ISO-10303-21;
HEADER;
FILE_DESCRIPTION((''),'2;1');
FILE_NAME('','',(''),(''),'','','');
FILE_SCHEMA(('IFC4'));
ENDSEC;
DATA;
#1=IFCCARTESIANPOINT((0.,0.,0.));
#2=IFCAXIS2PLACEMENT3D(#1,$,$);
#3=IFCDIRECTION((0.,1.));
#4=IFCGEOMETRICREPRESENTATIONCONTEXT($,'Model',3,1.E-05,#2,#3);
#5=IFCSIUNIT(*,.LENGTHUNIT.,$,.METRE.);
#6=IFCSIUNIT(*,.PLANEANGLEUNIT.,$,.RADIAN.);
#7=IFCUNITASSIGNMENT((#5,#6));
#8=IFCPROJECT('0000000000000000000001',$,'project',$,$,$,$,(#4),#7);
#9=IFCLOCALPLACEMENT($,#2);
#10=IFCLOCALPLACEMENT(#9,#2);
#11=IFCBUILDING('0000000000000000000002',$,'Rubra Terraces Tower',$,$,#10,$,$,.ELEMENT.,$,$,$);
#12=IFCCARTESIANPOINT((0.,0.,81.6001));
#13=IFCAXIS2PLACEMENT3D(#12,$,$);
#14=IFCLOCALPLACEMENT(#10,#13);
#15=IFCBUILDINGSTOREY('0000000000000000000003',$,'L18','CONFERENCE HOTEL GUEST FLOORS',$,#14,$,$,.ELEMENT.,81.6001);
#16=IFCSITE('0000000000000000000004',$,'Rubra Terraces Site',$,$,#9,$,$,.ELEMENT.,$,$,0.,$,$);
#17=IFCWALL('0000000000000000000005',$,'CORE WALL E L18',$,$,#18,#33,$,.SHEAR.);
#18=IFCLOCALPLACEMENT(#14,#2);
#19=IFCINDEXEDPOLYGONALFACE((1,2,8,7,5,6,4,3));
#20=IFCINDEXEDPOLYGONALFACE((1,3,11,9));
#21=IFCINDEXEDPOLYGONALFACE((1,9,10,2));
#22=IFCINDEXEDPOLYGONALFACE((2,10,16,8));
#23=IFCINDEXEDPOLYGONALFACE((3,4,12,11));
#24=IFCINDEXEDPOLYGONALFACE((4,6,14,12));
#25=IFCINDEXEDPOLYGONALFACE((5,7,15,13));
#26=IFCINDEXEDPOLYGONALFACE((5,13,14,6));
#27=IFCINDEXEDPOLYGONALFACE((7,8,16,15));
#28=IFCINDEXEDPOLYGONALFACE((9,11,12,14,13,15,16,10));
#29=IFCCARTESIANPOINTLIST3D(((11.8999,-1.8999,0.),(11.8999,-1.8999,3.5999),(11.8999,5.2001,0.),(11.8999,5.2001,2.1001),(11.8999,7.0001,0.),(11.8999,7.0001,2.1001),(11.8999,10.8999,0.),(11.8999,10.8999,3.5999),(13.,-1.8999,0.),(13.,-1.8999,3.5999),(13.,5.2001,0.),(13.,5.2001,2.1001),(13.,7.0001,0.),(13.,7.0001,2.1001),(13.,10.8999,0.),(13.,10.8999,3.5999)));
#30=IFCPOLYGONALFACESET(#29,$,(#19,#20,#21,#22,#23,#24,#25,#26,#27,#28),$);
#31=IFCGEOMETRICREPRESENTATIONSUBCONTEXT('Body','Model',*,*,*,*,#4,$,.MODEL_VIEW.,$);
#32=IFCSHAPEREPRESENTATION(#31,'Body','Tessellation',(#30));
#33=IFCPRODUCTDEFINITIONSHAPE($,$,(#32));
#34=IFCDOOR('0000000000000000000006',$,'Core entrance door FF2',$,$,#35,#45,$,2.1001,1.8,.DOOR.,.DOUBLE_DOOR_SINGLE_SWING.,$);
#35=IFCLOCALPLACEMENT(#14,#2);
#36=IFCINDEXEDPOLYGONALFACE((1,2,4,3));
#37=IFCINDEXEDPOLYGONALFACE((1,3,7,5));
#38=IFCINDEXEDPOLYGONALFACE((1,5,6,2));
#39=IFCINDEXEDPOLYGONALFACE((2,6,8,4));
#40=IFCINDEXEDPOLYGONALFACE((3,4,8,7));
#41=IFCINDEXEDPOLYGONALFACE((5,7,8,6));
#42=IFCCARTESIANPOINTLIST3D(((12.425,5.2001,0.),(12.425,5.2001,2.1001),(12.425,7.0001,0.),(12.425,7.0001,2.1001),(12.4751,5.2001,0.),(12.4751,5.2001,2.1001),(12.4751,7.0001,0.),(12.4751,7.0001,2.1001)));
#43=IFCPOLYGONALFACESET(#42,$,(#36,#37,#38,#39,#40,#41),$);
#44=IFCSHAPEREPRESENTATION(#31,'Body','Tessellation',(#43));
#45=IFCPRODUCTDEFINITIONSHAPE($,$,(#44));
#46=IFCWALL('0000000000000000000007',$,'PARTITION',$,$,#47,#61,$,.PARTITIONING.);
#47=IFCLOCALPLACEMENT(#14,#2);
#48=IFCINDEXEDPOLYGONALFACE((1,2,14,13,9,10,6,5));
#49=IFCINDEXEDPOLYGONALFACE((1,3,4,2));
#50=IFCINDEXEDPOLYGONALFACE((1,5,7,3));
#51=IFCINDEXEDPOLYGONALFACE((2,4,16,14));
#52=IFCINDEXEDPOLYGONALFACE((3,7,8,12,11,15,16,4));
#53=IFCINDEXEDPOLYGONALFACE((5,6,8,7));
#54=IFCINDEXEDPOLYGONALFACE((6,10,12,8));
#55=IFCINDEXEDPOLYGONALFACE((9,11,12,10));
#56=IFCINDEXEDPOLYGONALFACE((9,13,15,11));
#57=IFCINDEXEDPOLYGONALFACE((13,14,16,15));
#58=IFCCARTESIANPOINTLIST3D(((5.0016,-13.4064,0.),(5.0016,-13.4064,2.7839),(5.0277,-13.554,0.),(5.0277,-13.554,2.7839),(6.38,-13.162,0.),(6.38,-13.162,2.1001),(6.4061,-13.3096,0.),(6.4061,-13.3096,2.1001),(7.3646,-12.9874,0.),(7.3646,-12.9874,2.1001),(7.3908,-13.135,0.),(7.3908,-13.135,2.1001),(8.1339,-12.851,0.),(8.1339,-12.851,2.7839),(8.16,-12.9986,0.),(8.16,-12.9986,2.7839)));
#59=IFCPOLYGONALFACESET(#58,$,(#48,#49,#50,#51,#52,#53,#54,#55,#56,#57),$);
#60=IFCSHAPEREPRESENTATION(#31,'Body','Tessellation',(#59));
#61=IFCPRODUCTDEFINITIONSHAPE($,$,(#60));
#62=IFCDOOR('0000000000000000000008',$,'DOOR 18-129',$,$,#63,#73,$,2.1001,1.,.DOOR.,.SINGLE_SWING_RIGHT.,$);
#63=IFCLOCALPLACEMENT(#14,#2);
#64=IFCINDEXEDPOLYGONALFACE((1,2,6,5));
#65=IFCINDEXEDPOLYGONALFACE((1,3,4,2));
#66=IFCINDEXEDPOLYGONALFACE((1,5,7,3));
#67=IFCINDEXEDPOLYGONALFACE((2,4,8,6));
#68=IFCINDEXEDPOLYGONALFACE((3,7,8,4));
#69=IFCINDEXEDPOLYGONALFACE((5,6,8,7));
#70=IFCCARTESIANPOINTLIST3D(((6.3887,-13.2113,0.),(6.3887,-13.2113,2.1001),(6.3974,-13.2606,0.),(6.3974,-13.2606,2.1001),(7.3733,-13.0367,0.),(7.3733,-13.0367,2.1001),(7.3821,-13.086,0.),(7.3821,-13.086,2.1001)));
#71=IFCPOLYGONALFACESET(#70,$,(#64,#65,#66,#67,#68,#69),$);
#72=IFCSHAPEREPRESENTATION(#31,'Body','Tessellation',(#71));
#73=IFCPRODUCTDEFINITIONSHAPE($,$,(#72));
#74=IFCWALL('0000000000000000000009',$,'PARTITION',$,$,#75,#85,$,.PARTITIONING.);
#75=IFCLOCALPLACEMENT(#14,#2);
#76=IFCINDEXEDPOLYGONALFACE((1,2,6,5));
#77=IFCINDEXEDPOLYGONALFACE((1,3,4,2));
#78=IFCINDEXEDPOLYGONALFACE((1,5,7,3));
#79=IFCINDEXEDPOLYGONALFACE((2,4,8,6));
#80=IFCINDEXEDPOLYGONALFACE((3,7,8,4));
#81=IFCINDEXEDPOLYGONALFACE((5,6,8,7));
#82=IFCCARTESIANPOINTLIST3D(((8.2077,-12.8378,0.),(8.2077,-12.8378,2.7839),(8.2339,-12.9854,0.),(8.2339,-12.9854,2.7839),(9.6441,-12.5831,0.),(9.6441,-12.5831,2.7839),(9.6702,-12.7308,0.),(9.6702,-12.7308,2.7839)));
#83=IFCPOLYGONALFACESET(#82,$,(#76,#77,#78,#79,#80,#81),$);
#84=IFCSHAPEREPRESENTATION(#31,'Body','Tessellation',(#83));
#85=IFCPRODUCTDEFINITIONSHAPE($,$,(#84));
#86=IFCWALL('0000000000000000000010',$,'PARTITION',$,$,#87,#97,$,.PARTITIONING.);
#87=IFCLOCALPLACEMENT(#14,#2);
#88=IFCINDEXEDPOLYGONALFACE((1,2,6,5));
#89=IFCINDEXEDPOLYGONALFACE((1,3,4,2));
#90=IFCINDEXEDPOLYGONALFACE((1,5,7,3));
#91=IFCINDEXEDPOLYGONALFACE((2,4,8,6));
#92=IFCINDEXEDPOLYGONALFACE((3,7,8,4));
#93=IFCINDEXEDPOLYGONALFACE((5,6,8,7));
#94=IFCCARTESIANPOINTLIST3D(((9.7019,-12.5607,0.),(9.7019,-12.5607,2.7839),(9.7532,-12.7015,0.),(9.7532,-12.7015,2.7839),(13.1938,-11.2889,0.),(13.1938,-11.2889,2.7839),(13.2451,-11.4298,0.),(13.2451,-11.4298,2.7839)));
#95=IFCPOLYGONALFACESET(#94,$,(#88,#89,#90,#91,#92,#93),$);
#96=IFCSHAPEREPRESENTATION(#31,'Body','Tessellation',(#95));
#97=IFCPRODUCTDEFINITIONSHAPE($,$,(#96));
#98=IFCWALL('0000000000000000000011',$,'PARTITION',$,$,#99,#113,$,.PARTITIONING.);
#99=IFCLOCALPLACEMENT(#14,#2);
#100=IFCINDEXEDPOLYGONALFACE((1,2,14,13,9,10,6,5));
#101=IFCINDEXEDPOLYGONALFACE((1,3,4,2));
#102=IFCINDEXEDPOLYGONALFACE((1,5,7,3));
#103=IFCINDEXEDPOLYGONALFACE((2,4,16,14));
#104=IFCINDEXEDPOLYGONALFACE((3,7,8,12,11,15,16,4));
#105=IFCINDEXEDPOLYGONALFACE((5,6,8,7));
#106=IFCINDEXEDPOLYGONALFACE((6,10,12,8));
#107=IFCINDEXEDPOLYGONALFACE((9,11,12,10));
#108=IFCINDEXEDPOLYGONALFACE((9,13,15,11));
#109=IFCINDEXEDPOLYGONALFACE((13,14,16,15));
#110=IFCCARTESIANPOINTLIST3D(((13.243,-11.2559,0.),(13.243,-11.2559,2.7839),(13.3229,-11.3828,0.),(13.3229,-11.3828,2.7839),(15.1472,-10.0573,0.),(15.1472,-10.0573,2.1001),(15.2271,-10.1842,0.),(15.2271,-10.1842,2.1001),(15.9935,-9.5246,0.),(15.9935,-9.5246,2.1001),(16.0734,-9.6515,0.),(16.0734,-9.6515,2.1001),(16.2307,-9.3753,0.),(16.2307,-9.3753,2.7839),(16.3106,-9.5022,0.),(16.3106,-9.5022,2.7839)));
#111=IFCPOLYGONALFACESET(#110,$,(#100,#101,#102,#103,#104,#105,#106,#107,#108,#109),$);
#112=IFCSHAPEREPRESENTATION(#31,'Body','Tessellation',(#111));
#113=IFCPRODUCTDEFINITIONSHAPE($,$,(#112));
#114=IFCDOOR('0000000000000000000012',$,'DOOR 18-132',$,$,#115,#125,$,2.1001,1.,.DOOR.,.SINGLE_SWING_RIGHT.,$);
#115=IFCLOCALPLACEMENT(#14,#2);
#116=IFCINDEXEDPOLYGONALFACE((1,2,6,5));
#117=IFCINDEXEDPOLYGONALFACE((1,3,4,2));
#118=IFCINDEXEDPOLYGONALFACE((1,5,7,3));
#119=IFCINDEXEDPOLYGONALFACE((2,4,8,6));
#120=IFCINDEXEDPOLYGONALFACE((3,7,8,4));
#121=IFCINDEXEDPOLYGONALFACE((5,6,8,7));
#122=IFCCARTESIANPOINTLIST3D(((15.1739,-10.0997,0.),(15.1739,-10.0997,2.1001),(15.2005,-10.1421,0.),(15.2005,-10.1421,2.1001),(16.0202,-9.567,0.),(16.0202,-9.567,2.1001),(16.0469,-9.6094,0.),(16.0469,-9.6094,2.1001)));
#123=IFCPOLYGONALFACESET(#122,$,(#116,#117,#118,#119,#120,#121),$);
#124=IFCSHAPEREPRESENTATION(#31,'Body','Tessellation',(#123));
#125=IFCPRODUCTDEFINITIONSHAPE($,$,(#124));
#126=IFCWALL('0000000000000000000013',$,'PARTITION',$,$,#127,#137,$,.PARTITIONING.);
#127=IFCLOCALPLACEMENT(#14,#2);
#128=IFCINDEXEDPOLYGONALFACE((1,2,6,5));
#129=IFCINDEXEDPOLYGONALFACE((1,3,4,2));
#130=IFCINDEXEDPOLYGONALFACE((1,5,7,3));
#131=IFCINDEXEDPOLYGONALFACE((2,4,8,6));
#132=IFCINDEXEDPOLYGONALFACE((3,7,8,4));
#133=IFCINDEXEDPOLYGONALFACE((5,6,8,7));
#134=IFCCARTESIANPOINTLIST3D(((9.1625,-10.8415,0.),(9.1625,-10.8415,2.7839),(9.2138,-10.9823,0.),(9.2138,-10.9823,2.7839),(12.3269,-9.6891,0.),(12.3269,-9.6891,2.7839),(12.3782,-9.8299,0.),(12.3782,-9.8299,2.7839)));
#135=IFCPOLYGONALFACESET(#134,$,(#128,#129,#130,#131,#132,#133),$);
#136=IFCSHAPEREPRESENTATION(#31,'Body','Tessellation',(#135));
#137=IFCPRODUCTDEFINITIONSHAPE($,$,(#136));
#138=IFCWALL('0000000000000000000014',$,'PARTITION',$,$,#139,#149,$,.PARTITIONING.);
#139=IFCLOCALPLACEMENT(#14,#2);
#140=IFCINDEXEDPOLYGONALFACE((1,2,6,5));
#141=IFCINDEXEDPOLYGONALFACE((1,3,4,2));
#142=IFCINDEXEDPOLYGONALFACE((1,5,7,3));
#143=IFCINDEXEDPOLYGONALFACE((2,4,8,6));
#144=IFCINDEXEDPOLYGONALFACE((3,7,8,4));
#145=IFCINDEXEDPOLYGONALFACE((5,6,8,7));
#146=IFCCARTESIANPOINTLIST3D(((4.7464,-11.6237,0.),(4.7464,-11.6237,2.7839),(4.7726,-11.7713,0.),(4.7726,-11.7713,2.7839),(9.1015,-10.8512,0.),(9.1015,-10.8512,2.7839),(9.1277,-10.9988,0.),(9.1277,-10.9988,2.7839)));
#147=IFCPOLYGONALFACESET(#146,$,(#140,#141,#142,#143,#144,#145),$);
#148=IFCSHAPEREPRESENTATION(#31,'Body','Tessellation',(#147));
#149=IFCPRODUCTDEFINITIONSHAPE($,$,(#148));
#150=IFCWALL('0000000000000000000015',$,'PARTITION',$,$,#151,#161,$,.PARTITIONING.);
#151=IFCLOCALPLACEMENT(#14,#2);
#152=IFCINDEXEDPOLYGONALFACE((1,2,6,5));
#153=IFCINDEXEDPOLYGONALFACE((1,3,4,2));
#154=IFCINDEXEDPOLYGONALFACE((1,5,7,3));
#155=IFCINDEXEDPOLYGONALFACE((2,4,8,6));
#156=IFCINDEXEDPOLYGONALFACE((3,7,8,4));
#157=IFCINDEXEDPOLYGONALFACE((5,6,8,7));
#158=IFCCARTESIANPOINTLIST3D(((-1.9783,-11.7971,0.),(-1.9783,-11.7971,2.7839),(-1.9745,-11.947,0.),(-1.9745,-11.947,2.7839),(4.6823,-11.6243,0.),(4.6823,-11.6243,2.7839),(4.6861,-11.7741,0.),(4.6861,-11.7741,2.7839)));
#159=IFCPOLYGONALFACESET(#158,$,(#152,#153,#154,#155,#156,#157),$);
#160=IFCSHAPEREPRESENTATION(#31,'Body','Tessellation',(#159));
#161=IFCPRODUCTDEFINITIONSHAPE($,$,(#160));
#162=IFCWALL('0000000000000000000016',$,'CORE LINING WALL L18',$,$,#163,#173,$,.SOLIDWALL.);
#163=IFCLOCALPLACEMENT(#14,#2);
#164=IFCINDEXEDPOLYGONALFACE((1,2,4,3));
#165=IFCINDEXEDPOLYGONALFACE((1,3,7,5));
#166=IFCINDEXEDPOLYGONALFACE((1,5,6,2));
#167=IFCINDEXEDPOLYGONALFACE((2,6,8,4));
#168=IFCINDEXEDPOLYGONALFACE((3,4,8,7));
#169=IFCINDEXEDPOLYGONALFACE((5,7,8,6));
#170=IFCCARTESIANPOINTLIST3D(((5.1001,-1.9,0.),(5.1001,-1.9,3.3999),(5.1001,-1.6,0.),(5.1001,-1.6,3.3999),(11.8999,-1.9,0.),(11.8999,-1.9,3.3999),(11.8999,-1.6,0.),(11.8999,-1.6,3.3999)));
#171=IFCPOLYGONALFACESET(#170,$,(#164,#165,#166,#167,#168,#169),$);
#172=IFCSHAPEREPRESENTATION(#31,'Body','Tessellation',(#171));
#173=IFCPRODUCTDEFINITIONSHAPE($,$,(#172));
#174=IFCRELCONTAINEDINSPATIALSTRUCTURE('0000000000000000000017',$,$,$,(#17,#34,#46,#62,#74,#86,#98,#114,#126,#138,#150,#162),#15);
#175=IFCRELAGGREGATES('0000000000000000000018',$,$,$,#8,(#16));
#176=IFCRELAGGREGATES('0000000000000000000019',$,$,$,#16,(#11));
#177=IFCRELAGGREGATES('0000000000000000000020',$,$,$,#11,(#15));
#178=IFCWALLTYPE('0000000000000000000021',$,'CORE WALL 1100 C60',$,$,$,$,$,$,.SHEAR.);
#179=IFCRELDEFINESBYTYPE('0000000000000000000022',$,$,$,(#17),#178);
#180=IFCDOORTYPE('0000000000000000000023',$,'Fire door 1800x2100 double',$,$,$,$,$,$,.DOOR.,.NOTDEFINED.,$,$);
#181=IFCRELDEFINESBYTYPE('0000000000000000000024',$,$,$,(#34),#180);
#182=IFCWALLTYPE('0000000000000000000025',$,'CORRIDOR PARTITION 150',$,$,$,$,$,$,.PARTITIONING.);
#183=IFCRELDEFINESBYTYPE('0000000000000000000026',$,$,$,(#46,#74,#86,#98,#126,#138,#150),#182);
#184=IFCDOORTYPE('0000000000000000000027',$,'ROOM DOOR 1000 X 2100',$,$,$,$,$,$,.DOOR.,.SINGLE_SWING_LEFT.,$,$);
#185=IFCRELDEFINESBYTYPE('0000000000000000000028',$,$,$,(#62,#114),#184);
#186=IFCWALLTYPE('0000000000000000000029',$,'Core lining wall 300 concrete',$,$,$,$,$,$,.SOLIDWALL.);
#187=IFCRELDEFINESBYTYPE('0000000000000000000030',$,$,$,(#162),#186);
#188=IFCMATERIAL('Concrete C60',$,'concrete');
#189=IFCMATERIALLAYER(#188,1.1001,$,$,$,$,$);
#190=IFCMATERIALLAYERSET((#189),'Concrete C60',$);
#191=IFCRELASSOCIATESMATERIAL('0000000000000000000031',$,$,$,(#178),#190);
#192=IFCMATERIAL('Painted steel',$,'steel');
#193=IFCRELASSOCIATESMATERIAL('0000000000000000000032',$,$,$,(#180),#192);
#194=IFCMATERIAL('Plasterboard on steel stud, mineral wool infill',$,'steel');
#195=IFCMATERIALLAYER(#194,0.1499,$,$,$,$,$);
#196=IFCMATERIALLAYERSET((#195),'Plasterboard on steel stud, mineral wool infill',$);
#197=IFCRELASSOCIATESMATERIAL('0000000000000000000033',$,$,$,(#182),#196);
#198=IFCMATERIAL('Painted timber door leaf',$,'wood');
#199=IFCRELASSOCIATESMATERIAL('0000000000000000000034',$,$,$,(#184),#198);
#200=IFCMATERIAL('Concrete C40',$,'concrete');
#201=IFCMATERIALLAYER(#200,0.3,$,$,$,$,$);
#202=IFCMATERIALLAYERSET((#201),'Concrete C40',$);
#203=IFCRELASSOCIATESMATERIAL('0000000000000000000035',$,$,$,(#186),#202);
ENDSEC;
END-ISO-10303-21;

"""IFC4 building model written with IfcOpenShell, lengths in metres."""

from ifc_helpers import new_model, si_unit, direction, frame, frame_2d, origin, place, context, subcontext, project, spatial, rectangle, extrude, material, layer, layer_set, type_object, element, fill, save


model = new_model("IFC4")

# Units and contexts
model_context = context("Model", 3, precision=1e-05, world=origin(), true_north=direction((0.0, 1.0)))
body_context = subcontext(model_context, "Body", "Model", "MODEL_VIEW")
ifc_project = project(units=[si_unit("LENGTHUNIT", "METRE"), si_unit("PLANEANGLEUNIT", "RADIAN")], contexts=[model_context])

# Site, building, storey
site_placement = place(None, origin())
site = spatial("IfcSite", under=ifc_project, at=site_placement, Name="Rubra Terraces Site", CompositionType="ELEMENT", RefElevation=0.0)
building_placement = place(site_placement, origin())
building = spatial("IfcBuilding", under=site, at=building_placement, Name="Rubra Terraces Tower", CompositionType="ELEMENT")
storey_placement = place(building_placement, frame((0.0, 0.0, 81.6001)))
storey = spatial("IfcBuildingStorey", under=building, at=storey_placement, Name="L18", Description="CONFERENCE HOTEL GUEST FLOORS", CompositionType="ELEMENT", Elevation=81.6001)

# Shared definitions
ifc_material_1 = material(Name="Concrete C40", Category="concrete")

# Walls, openings, doors
ifc_material_2 = material(Name="Concrete C60", Category="concrete")
ifc_layer_1 = layer(ifc_material_2, 1.1001)
ifc_layer_set_1 = layer_set([ifc_layer_1], Name="Concrete C60")
wall_type_1 = type_object("IfcWallType", Name="CORE WALL 1100 C60", PredefinedType="SHEAR", material=ifc_layer_set_1)
wall_1_placement = place(storey_placement, frame((12.45, -1.8999, 0.0), z_axis=(0.0, 0.0, 1.0), x_axis=(0.0, 1.0, 0.0)))
wall_1 = element("IfcWall", 1, at=wall_1_placement, inside=storey, type_object=wall_type_1, Name="CORE WALL E L18", PredefinedType="SHEAR", context=body_context, shape_type="SweptSolid", body=[
    extrude(rectangle(XDim=12.7998, YDim=1.1001, at=frame_2d((6.3999, 0.0))), origin(), (0.0, 0.0, 1.0), 3.5999),
])
opening_1_placement = place(wall_1_placement, frame((7.1001, 0.0, 0.0)))
opening_1 = element("IfcOpeningElement", 2, at=opening_1_placement, cuts=wall_1, PredefinedType="OPENING", context=body_context, shape_type="SweptSolid", body=[
    extrude(rectangle(XDim=1.8, YDim=2.1001, at=frame_2d((0.8999, 1.05))), frame((0.0, 0.5601, 0.0), z_axis=(0.0, -1.0, 0.0), x_axis=(1.0, 0.0, 0.0)), (0.0, 0.0, 1.0), 1.1201),
])
ifc_material_3 = material(Name="Painted steel", Category="steel")
door_type_1 = type_object("IfcDoorType", Name="Fire door 1800x2100 double", OperationType="NOTDEFINED", PredefinedType="DOOR", material=ifc_material_3)
door_1_placement = place(opening_1_placement, origin())
door_1 = element("IfcDoor", 3, at=door_1_placement, inside=storey, type_object=door_type_1, Name="Core entrance door FF2", OperationType="DOUBLE_DOOR_SINGLE_SWING", OverallHeight=2.1001, OverallWidth=1.8, PredefinedType="DOOR", context=body_context, shape_type="SweptSolid", body=[
    extrude(rectangle(XDim=1.8, YDim=2.1001, at=frame_2d((0.8999, 1.05))), frame((0.0, 0.0249, 0.0), z_axis=(0.0, -1.0, 0.0), x_axis=(1.0, 0.0, 0.0)), (0.0, 0.0, 1.0), 0.05),
])
fill(opening_1, door_1)
ifc_material_4 = material(Name="Plasterboard on steel stud, mineral wool infill", Category="steel")
ifc_layer_2 = layer(ifc_material_4, 0.1499)
ifc_layer_set_2 = layer_set([ifc_layer_2], Name="Plasterboard on steel stud, mineral wool infill")
wall_type_2 = type_object("IfcWallType", Name="CORRIDOR PARTITION 150", PredefinedType="PARTITIONING", material=ifc_layer_set_2)
wall_2_placement = place(storey_placement, frame((5.0146, -13.4802, 0.0), z_axis=(0.0, 0.0, 1.0), x_axis=(0.98464, 0.174595, 0.0)))
wall_2 = element("IfcWall", 4, at=wall_2_placement, inside=storey, type_object=wall_type_2, Name="PARTITION", PredefinedType="PARTITIONING", context=body_context, shape_type="SweptSolid", body=[
    extrude(rectangle(XDim=3.1812, YDim=0.1499, at=frame_2d((1.5906, 0.0))), origin(), (0.0, 0.0, 1.0), 2.7839),
])
opening_2_placement = place(wall_2_placement, frame((1.3999, 0.0, 0.0)))
opening_2 = element("IfcOpeningElement", 5, at=opening_2_placement, cuts=wall_2, PredefinedType="OPENING", context=body_context, shape_type="SweptSolid", body=[
    extrude(rectangle(XDim=1.0, YDim=2.1001, at=frame_2d((0.5, 1.05))), frame((0.0, 0.085, 0.0), z_axis=(0.0, -1.0, 0.0), x_axis=(1.0, 0.0, 0.0)), (0.0, 0.0, 1.0), 0.1699),
])
ifc_material_5 = material(Name="Painted timber door leaf", Category="wood")
door_type_2 = type_object("IfcDoorType", Name="ROOM DOOR 1000 X 2100", OperationType="SINGLE_SWING_LEFT", PredefinedType="DOOR", material=ifc_material_5)
door_2_placement = place(opening_2_placement, origin())
door_2 = element("IfcDoor", 6, at=door_2_placement, inside=storey, type_object=door_type_2, Name="DOOR 18-129", OperationType="SINGLE_SWING_RIGHT", OverallHeight=2.1001, OverallWidth=1.0, PredefinedType="DOOR", context=body_context, shape_type="SweptSolid", body=[
    extrude(rectangle(XDim=1.0, YDim=2.1001, at=frame_2d((0.5, 1.05))), frame((0.0, 0.0249, 0.0), z_axis=(0.0, -1.0, 0.0), x_axis=(1.0, 0.0, 0.0)), (0.0, 0.0, 1.0), 0.05),
])
fill(opening_2, door_2)

# Walls
wall_3_placement = place(storey_placement, frame((8.2207, -12.9116, 0.0), z_axis=(0.0, 0.0, 1.0), x_axis=(0.984645, 0.174568, 0.0)))
element("IfcWall", 7, at=wall_3_placement, inside=storey, type_object=wall_type_2, Name="PARTITION", PredefinedType="PARTITIONING", context=body_context, shape_type="SweptSolid", body=[
    extrude(rectangle(XDim=1.4587, YDim=0.1499, at=frame_2d((0.7295, 0.0))), origin(), (0.0, 0.0, 1.0), 2.7839),
])
wall_4_placement = place(storey_placement, frame((9.7275, -12.6311, 0.0), z_axis=(0.0, 0.0, 1.0), x_axis=(0.939626, 0.342202, 0.0)))
element("IfcWall", 8, at=wall_4_placement, inside=storey, type_object=wall_type_2, Name="PARTITION", PredefinedType="PARTITIONING", context=body_context, shape_type="SweptSolid", body=[
    extrude(rectangle(XDim=3.7163, YDim=0.1499, at=frame_2d((1.8582, 0.0))), origin(), (0.0, 0.0, 1.0), 2.7839),
])

# Wall, opening, door
wall_5_placement = place(storey_placement, frame((13.283, -11.3193, 0.0), z_axis=(0.0, 0.0, 1.0), x_axis=(0.846308, 0.532694, 0.0)))
wall_5 = element("IfcWall", 9, at=wall_5_placement, inside=storey, type_object=wall_type_2, Name="PARTITION", PredefinedType="PARTITIONING", context=body_context, shape_type="SweptSolid", body=[
    extrude(rectangle(XDim=3.5303, YDim=0.1499, at=frame_2d((1.7651, 0.0))), origin(), (0.0, 0.0, 1.0), 2.7839),
])
opening_3_placement = place(wall_5_placement, frame((2.25, 0.0, 0.0)))
opening_3 = element("IfcOpeningElement", 10, at=opening_3_placement, cuts=wall_5, PredefinedType="OPENING", context=body_context, shape_type="SweptSolid", body=[
    extrude(rectangle(XDim=1.0, YDim=2.1001, at=frame_2d((0.5, 1.05))), frame((0.0, 0.085, 0.0), z_axis=(0.0, -1.0, 0.0), x_axis=(1.0, 0.0, 0.0)), (0.0, 0.0, 1.0), 0.1699),
])
door_3_placement = place(opening_3_placement, origin())
door_3 = element("IfcDoor", 11, at=door_3_placement, inside=storey, type_object=door_type_2, Name="DOOR 18-132", OperationType="SINGLE_SWING_RIGHT", OverallHeight=2.1001, OverallWidth=1.0, PredefinedType="DOOR", context=body_context, shape_type="SweptSolid", body=[
    extrude(rectangle(XDim=1.0, YDim=2.1001, at=frame_2d((0.5, 1.05))), frame((0.0, 0.0249, 0.0), z_axis=(0.0, -1.0, 0.0), x_axis=(1.0, 0.0, 0.0)), (0.0, 0.0, 1.0), 0.05),
])
fill(opening_3, door_3)

# Walls
wall_6_placement = place(storey_placement, frame((12.3525, -9.7595, 0.0), z_axis=(0.0, 0.0, 1.0), x_axis=(-0.939632, -0.342185, 0.0)))
element("IfcWall", 12, at=wall_6_placement, inside=storey, type_object=wall_type_2, Name="PARTITION", PredefinedType="PARTITIONING", context=body_context, shape_type="SweptSolid", body=[
    extrude(rectangle(XDim=3.3677, YDim=0.1499, at=frame_2d((1.6838, 0.0))), origin(), (0.0, 0.0, 1.0), 2.7839),
])
wall_7_placement = place(storey_placement, frame((9.1145, -10.925, 0.0), z_axis=(0.0, 0.0, 1.0), x_axis=(-0.984633, -0.174639, 0.0)))
element("IfcWall", 13, at=wall_7_placement, inside=storey, type_object=wall_type_2, Name="PARTITION", PredefinedType="PARTITIONING", context=body_context, shape_type="SweptSolid", body=[
    extrude(rectangle(XDim=4.4231, YDim=0.1499, at=frame_2d((2.2114, 0.0))), origin(), (0.0, 0.0, 1.0), 2.7839),
])
wall_8_placement = place(storey_placement, frame((4.6843, -11.6992, 0.0), z_axis=(0.0, 0.0, 1.0), x_axis=(-0.999663, -0.025942, 0.0)))
element("IfcWall", 14, at=wall_8_placement, inside=storey, type_object=wall_type_2, Name="PARTITION", PredefinedType="PARTITIONING", context=body_context, shape_type="SweptSolid", body=[
    extrude(rectangle(XDim=6.6628, YDim=0.1499, at=frame_2d((3.3315, 0.0))), origin(), (0.0, 0.0, 1.0), 2.7839),
])
ifc_layer_3 = layer(ifc_material_1, 0.3)
ifc_layer_set_3 = layer_set([ifc_layer_3], Name="Concrete C40")
wall_type_3 = type_object("IfcWallType", Name="Core lining wall 300 concrete", PredefinedType="SOLIDWALL", material=ifc_layer_set_3)
wall_9_placement = place(storey_placement, frame((11.8999, -1.75, 0.0), z_axis=(0.0, 0.0, 1.0), x_axis=(-1.0, 0.0, 0.0)))
element("IfcWall", 15, at=wall_9_placement, inside=storey, type_object=wall_type_3, Name="CORE LINING WALL L18", PredefinedType="SOLIDWALL", context=body_context, shape_type="SweptSolid", body=[
    extrude(rectangle(XDim=6.7998, YDim=0.3, at=frame_2d((3.3999, 0.0))), origin(), (0.0, 0.0, 1.0), 3.3999),
])

save(model, "model.ifc")
